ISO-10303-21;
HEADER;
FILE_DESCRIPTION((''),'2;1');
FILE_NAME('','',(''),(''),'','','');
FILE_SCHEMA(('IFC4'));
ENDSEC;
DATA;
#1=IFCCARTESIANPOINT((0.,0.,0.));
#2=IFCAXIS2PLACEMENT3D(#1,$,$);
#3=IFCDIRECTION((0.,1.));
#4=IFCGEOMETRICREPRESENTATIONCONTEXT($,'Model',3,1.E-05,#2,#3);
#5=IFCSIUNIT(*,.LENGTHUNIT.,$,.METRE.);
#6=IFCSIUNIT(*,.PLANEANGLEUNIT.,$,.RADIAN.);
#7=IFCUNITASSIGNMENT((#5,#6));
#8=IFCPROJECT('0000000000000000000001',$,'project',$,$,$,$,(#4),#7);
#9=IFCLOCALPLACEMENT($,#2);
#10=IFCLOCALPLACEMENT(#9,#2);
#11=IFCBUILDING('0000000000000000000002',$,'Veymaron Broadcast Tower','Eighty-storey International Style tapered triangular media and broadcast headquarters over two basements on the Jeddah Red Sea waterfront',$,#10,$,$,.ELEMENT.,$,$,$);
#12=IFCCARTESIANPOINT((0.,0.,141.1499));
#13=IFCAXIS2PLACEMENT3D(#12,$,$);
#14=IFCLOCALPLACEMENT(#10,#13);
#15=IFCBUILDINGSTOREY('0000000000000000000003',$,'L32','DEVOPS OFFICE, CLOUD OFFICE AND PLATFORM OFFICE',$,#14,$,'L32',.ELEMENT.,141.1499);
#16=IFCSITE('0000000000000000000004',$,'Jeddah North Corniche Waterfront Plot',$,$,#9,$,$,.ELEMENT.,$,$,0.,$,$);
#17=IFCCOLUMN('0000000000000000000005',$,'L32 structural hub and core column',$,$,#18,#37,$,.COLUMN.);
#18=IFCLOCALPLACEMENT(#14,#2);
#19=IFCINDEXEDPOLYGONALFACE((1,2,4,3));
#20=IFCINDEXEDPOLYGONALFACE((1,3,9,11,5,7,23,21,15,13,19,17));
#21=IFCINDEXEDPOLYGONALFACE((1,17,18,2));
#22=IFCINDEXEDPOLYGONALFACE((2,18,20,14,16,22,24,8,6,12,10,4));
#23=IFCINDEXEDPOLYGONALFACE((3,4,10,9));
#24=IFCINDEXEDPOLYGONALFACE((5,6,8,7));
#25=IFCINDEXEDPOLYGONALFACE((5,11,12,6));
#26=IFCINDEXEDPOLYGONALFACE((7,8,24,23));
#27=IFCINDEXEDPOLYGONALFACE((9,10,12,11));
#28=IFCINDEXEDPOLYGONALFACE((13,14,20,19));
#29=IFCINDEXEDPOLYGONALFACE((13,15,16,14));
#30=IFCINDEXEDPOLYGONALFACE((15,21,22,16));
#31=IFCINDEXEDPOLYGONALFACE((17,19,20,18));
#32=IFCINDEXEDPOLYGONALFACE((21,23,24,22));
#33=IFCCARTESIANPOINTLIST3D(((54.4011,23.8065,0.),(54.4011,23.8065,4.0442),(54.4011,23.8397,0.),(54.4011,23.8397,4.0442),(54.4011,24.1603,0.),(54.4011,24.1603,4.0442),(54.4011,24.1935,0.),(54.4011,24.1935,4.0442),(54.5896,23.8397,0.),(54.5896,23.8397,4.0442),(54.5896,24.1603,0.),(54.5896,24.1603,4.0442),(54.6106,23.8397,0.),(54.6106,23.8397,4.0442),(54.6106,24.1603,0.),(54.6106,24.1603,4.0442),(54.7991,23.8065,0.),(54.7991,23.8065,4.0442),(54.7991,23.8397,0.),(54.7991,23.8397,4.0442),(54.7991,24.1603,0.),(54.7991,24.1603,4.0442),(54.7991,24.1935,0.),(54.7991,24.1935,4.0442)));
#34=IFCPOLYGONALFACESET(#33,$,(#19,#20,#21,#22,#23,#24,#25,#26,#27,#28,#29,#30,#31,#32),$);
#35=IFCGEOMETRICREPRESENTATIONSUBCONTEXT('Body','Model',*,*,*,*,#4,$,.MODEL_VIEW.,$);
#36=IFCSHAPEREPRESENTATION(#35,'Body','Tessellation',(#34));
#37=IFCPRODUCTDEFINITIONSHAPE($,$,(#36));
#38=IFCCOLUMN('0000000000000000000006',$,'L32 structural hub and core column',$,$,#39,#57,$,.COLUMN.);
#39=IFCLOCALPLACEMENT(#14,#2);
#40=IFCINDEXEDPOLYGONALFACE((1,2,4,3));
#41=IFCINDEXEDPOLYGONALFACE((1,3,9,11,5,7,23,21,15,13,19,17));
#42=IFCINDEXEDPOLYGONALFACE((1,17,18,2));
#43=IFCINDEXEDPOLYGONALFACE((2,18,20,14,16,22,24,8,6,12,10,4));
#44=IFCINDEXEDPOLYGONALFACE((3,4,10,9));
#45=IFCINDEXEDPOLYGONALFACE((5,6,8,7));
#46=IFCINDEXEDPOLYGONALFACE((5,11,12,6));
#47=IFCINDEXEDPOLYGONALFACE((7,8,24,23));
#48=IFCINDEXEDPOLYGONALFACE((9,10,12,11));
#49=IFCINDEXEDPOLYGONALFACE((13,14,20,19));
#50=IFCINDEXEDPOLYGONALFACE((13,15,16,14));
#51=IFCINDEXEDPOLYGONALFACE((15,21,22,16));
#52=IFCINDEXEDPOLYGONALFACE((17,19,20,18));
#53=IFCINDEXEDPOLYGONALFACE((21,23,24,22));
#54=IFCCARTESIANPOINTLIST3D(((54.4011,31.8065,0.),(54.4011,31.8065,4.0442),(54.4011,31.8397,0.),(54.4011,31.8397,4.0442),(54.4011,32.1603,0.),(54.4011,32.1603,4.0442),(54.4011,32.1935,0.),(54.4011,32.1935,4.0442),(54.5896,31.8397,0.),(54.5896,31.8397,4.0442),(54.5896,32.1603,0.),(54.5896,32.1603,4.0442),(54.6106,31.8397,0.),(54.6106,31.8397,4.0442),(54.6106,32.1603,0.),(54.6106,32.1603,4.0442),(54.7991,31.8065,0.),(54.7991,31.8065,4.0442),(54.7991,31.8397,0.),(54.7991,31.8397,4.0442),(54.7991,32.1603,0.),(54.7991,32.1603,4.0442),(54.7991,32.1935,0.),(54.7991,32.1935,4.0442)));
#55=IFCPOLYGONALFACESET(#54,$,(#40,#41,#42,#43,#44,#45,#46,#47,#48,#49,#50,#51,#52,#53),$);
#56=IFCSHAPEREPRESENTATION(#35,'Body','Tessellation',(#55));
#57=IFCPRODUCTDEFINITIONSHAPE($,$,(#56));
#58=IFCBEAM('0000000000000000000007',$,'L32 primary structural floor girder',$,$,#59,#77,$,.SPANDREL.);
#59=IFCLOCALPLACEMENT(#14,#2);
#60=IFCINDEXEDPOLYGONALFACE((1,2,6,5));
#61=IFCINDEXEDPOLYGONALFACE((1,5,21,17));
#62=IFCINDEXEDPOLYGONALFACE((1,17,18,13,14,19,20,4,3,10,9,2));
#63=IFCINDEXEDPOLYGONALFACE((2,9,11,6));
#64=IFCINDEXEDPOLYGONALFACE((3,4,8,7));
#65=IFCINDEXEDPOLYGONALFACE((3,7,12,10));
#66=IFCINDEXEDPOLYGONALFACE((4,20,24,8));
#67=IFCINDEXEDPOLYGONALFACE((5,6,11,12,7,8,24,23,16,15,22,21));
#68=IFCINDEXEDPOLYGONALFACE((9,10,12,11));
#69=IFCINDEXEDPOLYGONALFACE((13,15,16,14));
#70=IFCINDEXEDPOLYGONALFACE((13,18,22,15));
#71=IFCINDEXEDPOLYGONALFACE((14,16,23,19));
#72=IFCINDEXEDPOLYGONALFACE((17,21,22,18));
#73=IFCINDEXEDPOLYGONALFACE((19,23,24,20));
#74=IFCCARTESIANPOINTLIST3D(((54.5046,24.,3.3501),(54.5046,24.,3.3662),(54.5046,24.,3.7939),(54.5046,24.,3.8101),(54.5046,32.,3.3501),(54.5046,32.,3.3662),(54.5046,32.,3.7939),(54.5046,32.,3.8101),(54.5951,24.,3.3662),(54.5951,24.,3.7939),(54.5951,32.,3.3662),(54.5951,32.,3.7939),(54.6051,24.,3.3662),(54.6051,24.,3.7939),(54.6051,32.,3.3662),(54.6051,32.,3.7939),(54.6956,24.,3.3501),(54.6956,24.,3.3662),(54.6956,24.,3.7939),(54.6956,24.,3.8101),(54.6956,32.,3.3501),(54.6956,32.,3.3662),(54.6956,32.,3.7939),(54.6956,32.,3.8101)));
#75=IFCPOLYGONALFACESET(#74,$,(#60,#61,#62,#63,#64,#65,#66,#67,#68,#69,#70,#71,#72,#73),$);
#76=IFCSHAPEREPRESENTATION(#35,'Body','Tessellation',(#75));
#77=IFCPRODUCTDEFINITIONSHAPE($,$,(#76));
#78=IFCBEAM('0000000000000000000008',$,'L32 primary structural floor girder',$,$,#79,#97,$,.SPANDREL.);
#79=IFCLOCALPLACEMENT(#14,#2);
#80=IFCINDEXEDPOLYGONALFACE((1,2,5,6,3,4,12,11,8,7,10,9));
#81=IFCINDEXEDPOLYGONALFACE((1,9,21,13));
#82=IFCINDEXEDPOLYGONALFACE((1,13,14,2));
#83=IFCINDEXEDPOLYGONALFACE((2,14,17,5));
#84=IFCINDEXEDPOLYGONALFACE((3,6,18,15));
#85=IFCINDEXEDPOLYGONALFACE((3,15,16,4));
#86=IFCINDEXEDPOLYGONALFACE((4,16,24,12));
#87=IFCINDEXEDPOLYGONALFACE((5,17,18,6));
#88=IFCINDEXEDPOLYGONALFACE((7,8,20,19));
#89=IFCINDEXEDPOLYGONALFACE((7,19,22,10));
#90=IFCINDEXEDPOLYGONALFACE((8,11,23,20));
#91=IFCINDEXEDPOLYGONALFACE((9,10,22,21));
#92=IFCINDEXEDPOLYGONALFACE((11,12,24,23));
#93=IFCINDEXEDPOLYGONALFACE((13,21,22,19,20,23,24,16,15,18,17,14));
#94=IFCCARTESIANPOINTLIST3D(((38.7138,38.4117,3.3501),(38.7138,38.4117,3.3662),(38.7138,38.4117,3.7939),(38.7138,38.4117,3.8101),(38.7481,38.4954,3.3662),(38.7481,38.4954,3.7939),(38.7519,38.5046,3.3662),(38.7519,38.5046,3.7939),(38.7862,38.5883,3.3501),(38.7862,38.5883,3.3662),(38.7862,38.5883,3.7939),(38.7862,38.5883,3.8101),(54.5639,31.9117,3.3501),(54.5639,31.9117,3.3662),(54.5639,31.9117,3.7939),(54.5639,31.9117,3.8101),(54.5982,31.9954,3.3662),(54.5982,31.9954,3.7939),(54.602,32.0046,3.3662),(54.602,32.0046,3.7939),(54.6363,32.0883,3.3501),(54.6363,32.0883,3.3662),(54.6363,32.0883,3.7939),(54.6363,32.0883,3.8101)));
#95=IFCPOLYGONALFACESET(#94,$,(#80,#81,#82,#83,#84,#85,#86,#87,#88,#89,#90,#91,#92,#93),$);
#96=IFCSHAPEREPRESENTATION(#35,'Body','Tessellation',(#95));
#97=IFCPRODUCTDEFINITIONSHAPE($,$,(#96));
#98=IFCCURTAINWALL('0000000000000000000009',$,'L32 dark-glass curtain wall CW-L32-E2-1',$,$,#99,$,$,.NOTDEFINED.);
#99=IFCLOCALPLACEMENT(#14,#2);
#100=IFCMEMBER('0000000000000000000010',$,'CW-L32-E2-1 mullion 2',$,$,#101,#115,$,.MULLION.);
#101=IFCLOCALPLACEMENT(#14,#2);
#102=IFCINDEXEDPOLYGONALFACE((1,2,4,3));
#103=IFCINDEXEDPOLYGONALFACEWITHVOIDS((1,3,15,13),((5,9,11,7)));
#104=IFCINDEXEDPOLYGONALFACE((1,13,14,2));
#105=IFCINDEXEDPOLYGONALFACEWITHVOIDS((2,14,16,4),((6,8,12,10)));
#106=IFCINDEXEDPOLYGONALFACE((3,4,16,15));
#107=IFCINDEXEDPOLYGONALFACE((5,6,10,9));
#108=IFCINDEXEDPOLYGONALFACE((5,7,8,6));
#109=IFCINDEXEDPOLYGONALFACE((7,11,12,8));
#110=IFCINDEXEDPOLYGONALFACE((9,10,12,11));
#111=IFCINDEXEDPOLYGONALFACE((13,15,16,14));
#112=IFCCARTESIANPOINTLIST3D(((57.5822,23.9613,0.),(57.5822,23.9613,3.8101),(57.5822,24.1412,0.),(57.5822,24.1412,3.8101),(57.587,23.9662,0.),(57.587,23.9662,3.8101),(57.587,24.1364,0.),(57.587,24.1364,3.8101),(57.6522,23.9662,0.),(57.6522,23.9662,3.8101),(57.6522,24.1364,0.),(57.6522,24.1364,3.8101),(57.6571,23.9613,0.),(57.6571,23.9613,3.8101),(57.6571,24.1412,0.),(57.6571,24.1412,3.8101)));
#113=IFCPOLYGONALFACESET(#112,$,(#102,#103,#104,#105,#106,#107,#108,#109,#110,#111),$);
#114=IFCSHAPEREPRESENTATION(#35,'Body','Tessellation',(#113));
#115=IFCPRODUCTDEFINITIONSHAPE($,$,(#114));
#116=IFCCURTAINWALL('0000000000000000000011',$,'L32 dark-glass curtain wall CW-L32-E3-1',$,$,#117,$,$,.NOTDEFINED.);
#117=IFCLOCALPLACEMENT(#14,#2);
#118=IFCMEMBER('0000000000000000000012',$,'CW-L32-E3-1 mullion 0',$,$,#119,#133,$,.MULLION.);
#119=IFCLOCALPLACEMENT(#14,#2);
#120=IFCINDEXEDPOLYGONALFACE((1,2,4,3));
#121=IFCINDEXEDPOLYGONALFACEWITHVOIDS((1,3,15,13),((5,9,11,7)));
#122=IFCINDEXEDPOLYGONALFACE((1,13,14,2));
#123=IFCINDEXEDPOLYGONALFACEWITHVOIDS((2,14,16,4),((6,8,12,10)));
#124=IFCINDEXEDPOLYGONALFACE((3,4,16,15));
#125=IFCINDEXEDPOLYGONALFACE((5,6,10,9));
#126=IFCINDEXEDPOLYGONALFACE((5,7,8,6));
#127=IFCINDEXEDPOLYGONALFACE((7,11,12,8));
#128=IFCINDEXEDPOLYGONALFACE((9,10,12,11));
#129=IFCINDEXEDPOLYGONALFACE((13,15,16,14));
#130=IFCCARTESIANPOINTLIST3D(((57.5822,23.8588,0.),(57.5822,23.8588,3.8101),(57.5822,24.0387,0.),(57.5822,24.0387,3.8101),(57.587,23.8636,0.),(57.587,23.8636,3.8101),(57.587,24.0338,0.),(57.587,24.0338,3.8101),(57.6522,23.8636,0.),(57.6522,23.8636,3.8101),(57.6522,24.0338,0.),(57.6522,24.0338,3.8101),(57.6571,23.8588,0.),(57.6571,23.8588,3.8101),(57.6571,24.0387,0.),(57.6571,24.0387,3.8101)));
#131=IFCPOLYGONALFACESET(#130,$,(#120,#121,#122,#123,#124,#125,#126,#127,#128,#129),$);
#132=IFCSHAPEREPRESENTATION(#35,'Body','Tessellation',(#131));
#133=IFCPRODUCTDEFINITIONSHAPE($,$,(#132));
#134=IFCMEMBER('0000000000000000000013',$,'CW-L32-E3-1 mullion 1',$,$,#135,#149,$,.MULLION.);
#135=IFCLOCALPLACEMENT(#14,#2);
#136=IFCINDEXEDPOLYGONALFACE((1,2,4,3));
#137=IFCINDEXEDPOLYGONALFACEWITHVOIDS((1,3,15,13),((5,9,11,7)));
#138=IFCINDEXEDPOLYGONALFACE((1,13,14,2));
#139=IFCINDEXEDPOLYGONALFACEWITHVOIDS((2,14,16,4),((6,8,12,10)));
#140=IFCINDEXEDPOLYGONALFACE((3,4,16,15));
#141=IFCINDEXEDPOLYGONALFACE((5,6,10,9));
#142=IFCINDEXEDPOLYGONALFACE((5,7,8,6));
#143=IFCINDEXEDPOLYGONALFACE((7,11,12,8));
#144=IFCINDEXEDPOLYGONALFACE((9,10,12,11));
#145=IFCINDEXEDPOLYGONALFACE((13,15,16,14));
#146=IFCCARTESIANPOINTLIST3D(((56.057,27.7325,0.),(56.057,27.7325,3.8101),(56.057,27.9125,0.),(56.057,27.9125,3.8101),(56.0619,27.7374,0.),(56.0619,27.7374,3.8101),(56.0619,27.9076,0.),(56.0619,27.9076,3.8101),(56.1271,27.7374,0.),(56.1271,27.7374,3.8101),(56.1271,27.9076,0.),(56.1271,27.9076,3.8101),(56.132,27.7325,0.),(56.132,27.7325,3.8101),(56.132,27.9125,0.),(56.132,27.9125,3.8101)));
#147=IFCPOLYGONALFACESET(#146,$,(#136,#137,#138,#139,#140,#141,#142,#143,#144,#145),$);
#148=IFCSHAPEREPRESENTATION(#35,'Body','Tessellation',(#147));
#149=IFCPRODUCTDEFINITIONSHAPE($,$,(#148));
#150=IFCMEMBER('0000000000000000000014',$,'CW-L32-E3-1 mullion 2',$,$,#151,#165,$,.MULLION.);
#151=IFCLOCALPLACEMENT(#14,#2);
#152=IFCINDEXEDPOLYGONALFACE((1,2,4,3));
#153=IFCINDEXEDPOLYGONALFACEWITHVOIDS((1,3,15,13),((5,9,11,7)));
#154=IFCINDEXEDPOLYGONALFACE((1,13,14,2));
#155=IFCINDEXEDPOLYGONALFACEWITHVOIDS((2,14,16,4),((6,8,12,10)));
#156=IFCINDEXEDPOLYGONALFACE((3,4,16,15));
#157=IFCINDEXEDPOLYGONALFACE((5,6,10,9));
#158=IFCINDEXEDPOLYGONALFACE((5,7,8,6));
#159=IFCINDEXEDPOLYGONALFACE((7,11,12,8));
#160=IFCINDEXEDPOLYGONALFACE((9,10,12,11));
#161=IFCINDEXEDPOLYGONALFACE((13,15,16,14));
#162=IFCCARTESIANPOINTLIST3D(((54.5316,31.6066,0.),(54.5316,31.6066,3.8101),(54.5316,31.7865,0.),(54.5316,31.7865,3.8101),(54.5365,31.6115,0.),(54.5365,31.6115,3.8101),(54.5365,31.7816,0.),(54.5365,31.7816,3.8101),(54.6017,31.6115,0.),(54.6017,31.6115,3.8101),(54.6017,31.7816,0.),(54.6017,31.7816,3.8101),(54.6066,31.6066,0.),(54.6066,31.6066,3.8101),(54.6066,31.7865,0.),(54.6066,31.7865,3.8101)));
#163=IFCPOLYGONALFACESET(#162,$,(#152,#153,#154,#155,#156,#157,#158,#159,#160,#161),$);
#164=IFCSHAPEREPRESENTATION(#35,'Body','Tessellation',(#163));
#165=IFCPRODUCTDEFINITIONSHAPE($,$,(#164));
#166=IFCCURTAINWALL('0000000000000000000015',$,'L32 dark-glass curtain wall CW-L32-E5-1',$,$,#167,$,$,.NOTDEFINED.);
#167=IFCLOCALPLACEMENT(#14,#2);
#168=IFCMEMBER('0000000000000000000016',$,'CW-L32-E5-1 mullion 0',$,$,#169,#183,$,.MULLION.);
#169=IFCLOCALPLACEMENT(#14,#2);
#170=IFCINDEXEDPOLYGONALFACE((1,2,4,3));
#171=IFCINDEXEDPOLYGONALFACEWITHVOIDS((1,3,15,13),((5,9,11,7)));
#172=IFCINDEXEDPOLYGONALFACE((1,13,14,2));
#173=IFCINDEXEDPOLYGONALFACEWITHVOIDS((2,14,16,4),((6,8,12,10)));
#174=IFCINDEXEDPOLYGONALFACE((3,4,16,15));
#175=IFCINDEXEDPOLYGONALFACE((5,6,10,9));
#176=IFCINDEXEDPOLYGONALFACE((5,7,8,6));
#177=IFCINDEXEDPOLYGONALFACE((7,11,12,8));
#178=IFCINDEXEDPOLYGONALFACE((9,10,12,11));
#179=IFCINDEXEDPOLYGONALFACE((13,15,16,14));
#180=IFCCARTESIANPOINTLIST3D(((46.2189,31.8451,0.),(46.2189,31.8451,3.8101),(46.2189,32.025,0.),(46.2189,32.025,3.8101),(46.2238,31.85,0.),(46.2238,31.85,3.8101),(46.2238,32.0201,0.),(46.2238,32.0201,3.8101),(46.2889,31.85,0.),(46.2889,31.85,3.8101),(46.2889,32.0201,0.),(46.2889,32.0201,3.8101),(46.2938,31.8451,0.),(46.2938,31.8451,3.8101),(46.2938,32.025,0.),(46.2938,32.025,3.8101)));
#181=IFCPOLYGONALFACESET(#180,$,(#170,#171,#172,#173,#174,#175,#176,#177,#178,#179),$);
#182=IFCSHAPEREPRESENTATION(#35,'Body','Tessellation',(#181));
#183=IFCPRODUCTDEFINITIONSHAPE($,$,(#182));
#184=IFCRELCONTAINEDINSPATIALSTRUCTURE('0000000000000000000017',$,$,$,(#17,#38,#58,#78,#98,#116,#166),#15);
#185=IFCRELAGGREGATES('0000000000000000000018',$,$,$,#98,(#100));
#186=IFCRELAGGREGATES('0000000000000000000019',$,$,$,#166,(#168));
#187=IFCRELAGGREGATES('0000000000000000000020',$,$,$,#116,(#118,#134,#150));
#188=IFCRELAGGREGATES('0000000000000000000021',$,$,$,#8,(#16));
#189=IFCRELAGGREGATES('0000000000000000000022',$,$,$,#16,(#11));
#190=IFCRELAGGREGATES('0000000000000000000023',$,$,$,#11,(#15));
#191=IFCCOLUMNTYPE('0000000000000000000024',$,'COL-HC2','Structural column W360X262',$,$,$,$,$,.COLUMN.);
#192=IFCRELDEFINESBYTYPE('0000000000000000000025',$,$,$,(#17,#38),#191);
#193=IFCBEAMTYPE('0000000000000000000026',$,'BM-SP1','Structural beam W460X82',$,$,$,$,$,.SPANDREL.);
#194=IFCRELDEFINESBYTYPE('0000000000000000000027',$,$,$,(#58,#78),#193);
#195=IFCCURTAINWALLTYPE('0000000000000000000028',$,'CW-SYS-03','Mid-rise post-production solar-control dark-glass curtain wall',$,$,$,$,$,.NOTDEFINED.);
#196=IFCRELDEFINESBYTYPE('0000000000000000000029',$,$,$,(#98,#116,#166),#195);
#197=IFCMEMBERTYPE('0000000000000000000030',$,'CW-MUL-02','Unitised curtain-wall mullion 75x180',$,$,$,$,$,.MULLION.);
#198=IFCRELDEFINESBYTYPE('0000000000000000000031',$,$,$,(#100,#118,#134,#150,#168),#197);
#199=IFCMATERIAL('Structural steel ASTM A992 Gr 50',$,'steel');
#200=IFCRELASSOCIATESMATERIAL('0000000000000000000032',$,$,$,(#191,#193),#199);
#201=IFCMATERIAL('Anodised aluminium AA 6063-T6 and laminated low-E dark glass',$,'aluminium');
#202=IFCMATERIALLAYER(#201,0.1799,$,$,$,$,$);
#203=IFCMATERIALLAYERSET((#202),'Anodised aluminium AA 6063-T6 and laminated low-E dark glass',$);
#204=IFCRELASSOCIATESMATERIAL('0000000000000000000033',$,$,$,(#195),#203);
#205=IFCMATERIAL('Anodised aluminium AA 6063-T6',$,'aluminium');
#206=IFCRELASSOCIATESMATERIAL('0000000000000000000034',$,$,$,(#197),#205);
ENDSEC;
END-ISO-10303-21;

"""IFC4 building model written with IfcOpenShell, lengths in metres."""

from ifc_helpers import new_model, si_unit, direction, frame, origin, origin_2d, place, context, subcontext, project, spatial, hollow_rectangle, i_section, extrude, material, layer, layer_set, material_profile, profile_set, type_object, element, aggregate, save


model = new_model("IFC4")

# Units and contexts
model_context = context("Model", 3, precision=1e-05, world=origin(), true_north=direction((0.0, 1.0)))
body_context = subcontext(model_context, "Body", "Model", "MODEL_VIEW")
ifc_project = project(units=[si_unit("LENGTHUNIT", "METRE"), si_unit("PLANEANGLEUNIT", "RADIAN")], contexts=[model_context])

# Site, building, storey
site_placement = place(None, origin())
site = spatial("IfcSite", under=ifc_project, at=site_placement, Name="Jeddah North Corniche Waterfront Plot", CompositionType="ELEMENT", RefElevation=0.0)
building_placement = place(site_placement, origin())
building = spatial("IfcBuilding", under=site, at=building_placement, Name="Veymaron Broadcast Tower", Description="Eighty-storey International Style tapered triangular media and broadcast headquarters over two basements on the Jeddah Red Sea waterfront", CompositionType="ELEMENT")
storey_placement = place(building_placement, frame((0.0, 0.0, 141.1499)))
storey = spatial("IfcBuildingStorey", under=building, at=storey_placement, Name="L32", Description="DEVOPS OFFICE, CLOUD OFFICE AND PLATFORM OFFICE", LongName="L32", CompositionType="ELEMENT", Elevation=141.1499)

# Columns
ifc_material_1 = material(Name="Structural steel ASTM A992 Gr 50", Category="steel")
ifc_material_profile_1 = material_profile(ifc_material_1, i_section(OverallWidth=0.3979, OverallDepth=0.387, WebThickness=0.021, FlangeThickness=0.0332, at=origin_2d()), Name="W360X262")
ifc_profile_set_1 = profile_set([ifc_material_profile_1], Name="Structural steel ASTM A992 Gr 50")
column_type = type_object("IfcColumnType", Name="COL-HC2", Description="Structural column W360X262", PredefinedType="COLUMN", material=ifc_profile_set_1)
for number, where, z_axis, x_axis, name in (
    (1, (54.6001, 24.0, 0.0), (0.0, 0.0, 1.0), (1.0, 0.0, 0.0), "L32 structural hub and core column"),
    (2, (54.6001, 32.0, 0.0), (0.0, 0.0, 1.0), (1.0, 0.0, 0.0), "L32 structural hub and core column"),
):
    element("IfcColumn", number, at=place(storey_placement, frame(where, z_axis=z_axis, x_axis=x_axis)), inside=storey, type_object=column_type, Name=name, PredefinedType="COLUMN", context=body_context, shape_type="SweptSolid", body=[
        extrude(i_section(OverallWidth=0.3979, OverallDepth=0.387, WebThickness=0.021, FlangeThickness=0.0332, at=origin_2d()), origin(), (0.0, 0.0, 1.0), 4.0442),
    ])

# Beams
ifc_material_profile_2 = material_profile(ifc_material_1, i_section(OverallWidth=0.1909, OverallDepth=0.46, WebThickness=0.01, FlangeThickness=0.0161, at=origin_2d()), Name="W460X82")
ifc_profile_set_2 = profile_set([ifc_material_profile_2], Name="Structural steel ASTM A992 Gr 50")
beam_type = type_object("IfcBeamType", Name="BM-SP1", Description="Structural beam W460X82", PredefinedType="SPANDREL", material=ifc_profile_set_2)
beam_1_placement = place(storey_placement, frame((54.6001, 24.0, 3.5801), z_axis=(0.0, 1.0, 0.0), x_axis=(-1.0, 0.0, 0.0)))
element("IfcBeam", 3, at=beam_1_placement, inside=storey, type_object=beam_type, Name="L32 primary structural floor girder", PredefinedType="SPANDREL", context=body_context, shape_type="SweptSolid", body=[
    extrude(i_section(OverallWidth=0.1909, OverallDepth=0.46, WebThickness=0.01, FlangeThickness=0.0161, at=origin_2d()), origin(), (0.0, 0.0, 1.0), 8.0),
])
beam_2_placement = place(storey_placement, frame((54.6001, 32.0, 3.5801), z_axis=(-0.925222, 0.379426, 0.0), x_axis=(-0.379426, -0.925222, 0.0)))
element("IfcBeam", 4, at=beam_2_placement, inside=storey, type_object=beam_type, Name="L32 primary structural floor girder", PredefinedType="SPANDREL", context=body_context, shape_type="SweptSolid", body=[
    extrude(i_section(OverallWidth=0.1909, OverallDepth=0.46, WebThickness=0.01, FlangeThickness=0.0161, at=origin_2d()), origin(), (0.0, 0.0, 1.0), 17.1311),
])

# Curtain wall, member
ifc_material_2 = material(Name="Anodised aluminium AA 6063-T6 and laminated low-E dark glass", Category="aluminium")
ifc_layer_1 = layer(ifc_material_2, 0.1799)
ifc_layer_set_1 = layer_set([ifc_layer_1], Name="Anodised aluminium AA 6063-T6 and laminated low-E dark glass")
curtain_wall_type = type_object("IfcCurtainWallType", Name="CW-SYS-03", Description="Mid-rise post-production solar-control dark-glass curtain wall", PredefinedType="NOTDEFINED", material=ifc_layer_set_1)
curtain_wall_1_placement = place(storey_placement, origin())
curtain_wall_1 = element("IfcCurtainWall", 5, at=curtain_wall_1_placement, inside=storey, type_object=curtain_wall_type, Name="L32 dark-glass curtain wall CW-L32-E2-1", PredefinedType="NOTDEFINED")
ifc_material_3 = material(Name="Anodised aluminium AA 6063-T6", Category="aluminium")
ifc_material_profile_3 = material_profile(ifc_material_3, hollow_rectangle(XDim=0.075, YDim=0.1799, WallThickness=0.0049, at=origin_2d()), Name="AL180X75X5")
ifc_profile_set_3 = profile_set([ifc_material_profile_3], Name="Anodised aluminium AA 6063-T6")
member_type_1 = type_object("IfcMemberType", Name="CW-MUL-02", Description="Unitised curtain-wall mullion 75x180", PredefinedType="MULLION", material=ifc_profile_set_3)
member_1_placement = place(storey_placement, frame((57.6196, 24.0513, 0.0), z_axis=(0.0, 0.0, 1.0), x_axis=(1.0, 0.0, 0.0)))
member_1 = element("IfcMember", 6, at=member_1_placement, type_object=member_type_1, Name="CW-L32-E2-1 mullion 2", PredefinedType="MULLION", context=body_context, shape_type="SweptSolid", body=[
    extrude(hollow_rectangle(XDim=0.075, YDim=0.1799, WallThickness=0.0049, at=origin_2d()), origin(), (0.0, 0.0, 1.0), 3.8101),
])
aggregate(curtain_wall_1, [member_1])

# Curtain wall, members
curtain_wall_2_placement = place(storey_placement, origin())
curtain_wall_2 = element("IfcCurtainWall", 7, at=curtain_wall_2_placement, inside=storey, type_object=curtain_wall_type, Name="L32 dark-glass curtain wall CW-L32-E3-1", PredefinedType="NOTDEFINED")
member_2_placement = place(storey_placement, frame((57.6196, 23.9487, 0.0), z_axis=(0.0, 0.0, 1.0), x_axis=(1.0, 0.0, 0.0)))
member_2 = element("IfcMember", 8, at=member_2_placement, type_object=member_type_1, Name="CW-L32-E3-1 mullion 0", PredefinedType="MULLION", context=body_context, shape_type="SweptSolid", body=[
    extrude(hollow_rectangle(XDim=0.075, YDim=0.1799, WallThickness=0.0049, at=origin_2d()), origin(), (0.0, 0.0, 1.0), 3.8101),
])
member_3_placement = place(storey_placement, frame((56.0945, 27.8225, 0.0), z_axis=(0.0, 0.0, 1.0), x_axis=(1.0, 0.0, 0.0)))
member_3 = element("IfcMember", 9, at=member_3_placement, type_object=member_type_1, Name="CW-L32-E3-1 mullion 1", PredefinedType="MULLION", context=body_context, shape_type="SweptSolid", body=[
    extrude(hollow_rectangle(XDim=0.075, YDim=0.1799, WallThickness=0.0049, at=origin_2d()), origin(), (0.0, 0.0, 1.0), 3.8101),
])
member_4_placement = place(storey_placement, frame((54.5691, 31.6965, 0.0), z_axis=(0.0, 0.0, 1.0), x_axis=(1.0, 0.0, 0.0)))
member_4 = element("IfcMember", 10, at=member_4_placement, type_object=member_type_1, Name="CW-L32-E3-1 mullion 2", PredefinedType="MULLION", context=body_context, shape_type="SweptSolid", body=[
    extrude(hollow_rectangle(XDim=0.075, YDim=0.1799, WallThickness=0.0049, at=origin_2d()), origin(), (0.0, 0.0, 1.0), 3.8101),
])

# Curtain wall, member
curtain_wall_3_placement = place(storey_placement, origin())
curtain_wall_3 = element("IfcCurtainWall", 11, at=curtain_wall_3_placement, inside=storey, type_object=curtain_wall_type, Name="L32 dark-glass curtain wall CW-L32-E5-1", PredefinedType="NOTDEFINED")
member_5_placement = place(storey_placement, frame((46.2563, 31.9351, 0.0), z_axis=(0.0, 0.0, 1.0), x_axis=(1.0, 0.0, 0.0)))
member_5 = element("IfcMember", 12, at=member_5_placement, type_object=member_type_1, Name="CW-L32-E5-1 mullion 0", PredefinedType="MULLION", context=body_context, shape_type="SweptSolid", body=[
    extrude(hollow_rectangle(XDim=0.075, YDim=0.1799, WallThickness=0.0049, at=origin_2d()), origin(), (0.0, 0.0, 1.0), 3.8101),
])

aggregate(curtain_wall_3, [member_5])

aggregate(curtain_wall_2, [member_2, member_3, member_4])

save(model, "model.ifc")
